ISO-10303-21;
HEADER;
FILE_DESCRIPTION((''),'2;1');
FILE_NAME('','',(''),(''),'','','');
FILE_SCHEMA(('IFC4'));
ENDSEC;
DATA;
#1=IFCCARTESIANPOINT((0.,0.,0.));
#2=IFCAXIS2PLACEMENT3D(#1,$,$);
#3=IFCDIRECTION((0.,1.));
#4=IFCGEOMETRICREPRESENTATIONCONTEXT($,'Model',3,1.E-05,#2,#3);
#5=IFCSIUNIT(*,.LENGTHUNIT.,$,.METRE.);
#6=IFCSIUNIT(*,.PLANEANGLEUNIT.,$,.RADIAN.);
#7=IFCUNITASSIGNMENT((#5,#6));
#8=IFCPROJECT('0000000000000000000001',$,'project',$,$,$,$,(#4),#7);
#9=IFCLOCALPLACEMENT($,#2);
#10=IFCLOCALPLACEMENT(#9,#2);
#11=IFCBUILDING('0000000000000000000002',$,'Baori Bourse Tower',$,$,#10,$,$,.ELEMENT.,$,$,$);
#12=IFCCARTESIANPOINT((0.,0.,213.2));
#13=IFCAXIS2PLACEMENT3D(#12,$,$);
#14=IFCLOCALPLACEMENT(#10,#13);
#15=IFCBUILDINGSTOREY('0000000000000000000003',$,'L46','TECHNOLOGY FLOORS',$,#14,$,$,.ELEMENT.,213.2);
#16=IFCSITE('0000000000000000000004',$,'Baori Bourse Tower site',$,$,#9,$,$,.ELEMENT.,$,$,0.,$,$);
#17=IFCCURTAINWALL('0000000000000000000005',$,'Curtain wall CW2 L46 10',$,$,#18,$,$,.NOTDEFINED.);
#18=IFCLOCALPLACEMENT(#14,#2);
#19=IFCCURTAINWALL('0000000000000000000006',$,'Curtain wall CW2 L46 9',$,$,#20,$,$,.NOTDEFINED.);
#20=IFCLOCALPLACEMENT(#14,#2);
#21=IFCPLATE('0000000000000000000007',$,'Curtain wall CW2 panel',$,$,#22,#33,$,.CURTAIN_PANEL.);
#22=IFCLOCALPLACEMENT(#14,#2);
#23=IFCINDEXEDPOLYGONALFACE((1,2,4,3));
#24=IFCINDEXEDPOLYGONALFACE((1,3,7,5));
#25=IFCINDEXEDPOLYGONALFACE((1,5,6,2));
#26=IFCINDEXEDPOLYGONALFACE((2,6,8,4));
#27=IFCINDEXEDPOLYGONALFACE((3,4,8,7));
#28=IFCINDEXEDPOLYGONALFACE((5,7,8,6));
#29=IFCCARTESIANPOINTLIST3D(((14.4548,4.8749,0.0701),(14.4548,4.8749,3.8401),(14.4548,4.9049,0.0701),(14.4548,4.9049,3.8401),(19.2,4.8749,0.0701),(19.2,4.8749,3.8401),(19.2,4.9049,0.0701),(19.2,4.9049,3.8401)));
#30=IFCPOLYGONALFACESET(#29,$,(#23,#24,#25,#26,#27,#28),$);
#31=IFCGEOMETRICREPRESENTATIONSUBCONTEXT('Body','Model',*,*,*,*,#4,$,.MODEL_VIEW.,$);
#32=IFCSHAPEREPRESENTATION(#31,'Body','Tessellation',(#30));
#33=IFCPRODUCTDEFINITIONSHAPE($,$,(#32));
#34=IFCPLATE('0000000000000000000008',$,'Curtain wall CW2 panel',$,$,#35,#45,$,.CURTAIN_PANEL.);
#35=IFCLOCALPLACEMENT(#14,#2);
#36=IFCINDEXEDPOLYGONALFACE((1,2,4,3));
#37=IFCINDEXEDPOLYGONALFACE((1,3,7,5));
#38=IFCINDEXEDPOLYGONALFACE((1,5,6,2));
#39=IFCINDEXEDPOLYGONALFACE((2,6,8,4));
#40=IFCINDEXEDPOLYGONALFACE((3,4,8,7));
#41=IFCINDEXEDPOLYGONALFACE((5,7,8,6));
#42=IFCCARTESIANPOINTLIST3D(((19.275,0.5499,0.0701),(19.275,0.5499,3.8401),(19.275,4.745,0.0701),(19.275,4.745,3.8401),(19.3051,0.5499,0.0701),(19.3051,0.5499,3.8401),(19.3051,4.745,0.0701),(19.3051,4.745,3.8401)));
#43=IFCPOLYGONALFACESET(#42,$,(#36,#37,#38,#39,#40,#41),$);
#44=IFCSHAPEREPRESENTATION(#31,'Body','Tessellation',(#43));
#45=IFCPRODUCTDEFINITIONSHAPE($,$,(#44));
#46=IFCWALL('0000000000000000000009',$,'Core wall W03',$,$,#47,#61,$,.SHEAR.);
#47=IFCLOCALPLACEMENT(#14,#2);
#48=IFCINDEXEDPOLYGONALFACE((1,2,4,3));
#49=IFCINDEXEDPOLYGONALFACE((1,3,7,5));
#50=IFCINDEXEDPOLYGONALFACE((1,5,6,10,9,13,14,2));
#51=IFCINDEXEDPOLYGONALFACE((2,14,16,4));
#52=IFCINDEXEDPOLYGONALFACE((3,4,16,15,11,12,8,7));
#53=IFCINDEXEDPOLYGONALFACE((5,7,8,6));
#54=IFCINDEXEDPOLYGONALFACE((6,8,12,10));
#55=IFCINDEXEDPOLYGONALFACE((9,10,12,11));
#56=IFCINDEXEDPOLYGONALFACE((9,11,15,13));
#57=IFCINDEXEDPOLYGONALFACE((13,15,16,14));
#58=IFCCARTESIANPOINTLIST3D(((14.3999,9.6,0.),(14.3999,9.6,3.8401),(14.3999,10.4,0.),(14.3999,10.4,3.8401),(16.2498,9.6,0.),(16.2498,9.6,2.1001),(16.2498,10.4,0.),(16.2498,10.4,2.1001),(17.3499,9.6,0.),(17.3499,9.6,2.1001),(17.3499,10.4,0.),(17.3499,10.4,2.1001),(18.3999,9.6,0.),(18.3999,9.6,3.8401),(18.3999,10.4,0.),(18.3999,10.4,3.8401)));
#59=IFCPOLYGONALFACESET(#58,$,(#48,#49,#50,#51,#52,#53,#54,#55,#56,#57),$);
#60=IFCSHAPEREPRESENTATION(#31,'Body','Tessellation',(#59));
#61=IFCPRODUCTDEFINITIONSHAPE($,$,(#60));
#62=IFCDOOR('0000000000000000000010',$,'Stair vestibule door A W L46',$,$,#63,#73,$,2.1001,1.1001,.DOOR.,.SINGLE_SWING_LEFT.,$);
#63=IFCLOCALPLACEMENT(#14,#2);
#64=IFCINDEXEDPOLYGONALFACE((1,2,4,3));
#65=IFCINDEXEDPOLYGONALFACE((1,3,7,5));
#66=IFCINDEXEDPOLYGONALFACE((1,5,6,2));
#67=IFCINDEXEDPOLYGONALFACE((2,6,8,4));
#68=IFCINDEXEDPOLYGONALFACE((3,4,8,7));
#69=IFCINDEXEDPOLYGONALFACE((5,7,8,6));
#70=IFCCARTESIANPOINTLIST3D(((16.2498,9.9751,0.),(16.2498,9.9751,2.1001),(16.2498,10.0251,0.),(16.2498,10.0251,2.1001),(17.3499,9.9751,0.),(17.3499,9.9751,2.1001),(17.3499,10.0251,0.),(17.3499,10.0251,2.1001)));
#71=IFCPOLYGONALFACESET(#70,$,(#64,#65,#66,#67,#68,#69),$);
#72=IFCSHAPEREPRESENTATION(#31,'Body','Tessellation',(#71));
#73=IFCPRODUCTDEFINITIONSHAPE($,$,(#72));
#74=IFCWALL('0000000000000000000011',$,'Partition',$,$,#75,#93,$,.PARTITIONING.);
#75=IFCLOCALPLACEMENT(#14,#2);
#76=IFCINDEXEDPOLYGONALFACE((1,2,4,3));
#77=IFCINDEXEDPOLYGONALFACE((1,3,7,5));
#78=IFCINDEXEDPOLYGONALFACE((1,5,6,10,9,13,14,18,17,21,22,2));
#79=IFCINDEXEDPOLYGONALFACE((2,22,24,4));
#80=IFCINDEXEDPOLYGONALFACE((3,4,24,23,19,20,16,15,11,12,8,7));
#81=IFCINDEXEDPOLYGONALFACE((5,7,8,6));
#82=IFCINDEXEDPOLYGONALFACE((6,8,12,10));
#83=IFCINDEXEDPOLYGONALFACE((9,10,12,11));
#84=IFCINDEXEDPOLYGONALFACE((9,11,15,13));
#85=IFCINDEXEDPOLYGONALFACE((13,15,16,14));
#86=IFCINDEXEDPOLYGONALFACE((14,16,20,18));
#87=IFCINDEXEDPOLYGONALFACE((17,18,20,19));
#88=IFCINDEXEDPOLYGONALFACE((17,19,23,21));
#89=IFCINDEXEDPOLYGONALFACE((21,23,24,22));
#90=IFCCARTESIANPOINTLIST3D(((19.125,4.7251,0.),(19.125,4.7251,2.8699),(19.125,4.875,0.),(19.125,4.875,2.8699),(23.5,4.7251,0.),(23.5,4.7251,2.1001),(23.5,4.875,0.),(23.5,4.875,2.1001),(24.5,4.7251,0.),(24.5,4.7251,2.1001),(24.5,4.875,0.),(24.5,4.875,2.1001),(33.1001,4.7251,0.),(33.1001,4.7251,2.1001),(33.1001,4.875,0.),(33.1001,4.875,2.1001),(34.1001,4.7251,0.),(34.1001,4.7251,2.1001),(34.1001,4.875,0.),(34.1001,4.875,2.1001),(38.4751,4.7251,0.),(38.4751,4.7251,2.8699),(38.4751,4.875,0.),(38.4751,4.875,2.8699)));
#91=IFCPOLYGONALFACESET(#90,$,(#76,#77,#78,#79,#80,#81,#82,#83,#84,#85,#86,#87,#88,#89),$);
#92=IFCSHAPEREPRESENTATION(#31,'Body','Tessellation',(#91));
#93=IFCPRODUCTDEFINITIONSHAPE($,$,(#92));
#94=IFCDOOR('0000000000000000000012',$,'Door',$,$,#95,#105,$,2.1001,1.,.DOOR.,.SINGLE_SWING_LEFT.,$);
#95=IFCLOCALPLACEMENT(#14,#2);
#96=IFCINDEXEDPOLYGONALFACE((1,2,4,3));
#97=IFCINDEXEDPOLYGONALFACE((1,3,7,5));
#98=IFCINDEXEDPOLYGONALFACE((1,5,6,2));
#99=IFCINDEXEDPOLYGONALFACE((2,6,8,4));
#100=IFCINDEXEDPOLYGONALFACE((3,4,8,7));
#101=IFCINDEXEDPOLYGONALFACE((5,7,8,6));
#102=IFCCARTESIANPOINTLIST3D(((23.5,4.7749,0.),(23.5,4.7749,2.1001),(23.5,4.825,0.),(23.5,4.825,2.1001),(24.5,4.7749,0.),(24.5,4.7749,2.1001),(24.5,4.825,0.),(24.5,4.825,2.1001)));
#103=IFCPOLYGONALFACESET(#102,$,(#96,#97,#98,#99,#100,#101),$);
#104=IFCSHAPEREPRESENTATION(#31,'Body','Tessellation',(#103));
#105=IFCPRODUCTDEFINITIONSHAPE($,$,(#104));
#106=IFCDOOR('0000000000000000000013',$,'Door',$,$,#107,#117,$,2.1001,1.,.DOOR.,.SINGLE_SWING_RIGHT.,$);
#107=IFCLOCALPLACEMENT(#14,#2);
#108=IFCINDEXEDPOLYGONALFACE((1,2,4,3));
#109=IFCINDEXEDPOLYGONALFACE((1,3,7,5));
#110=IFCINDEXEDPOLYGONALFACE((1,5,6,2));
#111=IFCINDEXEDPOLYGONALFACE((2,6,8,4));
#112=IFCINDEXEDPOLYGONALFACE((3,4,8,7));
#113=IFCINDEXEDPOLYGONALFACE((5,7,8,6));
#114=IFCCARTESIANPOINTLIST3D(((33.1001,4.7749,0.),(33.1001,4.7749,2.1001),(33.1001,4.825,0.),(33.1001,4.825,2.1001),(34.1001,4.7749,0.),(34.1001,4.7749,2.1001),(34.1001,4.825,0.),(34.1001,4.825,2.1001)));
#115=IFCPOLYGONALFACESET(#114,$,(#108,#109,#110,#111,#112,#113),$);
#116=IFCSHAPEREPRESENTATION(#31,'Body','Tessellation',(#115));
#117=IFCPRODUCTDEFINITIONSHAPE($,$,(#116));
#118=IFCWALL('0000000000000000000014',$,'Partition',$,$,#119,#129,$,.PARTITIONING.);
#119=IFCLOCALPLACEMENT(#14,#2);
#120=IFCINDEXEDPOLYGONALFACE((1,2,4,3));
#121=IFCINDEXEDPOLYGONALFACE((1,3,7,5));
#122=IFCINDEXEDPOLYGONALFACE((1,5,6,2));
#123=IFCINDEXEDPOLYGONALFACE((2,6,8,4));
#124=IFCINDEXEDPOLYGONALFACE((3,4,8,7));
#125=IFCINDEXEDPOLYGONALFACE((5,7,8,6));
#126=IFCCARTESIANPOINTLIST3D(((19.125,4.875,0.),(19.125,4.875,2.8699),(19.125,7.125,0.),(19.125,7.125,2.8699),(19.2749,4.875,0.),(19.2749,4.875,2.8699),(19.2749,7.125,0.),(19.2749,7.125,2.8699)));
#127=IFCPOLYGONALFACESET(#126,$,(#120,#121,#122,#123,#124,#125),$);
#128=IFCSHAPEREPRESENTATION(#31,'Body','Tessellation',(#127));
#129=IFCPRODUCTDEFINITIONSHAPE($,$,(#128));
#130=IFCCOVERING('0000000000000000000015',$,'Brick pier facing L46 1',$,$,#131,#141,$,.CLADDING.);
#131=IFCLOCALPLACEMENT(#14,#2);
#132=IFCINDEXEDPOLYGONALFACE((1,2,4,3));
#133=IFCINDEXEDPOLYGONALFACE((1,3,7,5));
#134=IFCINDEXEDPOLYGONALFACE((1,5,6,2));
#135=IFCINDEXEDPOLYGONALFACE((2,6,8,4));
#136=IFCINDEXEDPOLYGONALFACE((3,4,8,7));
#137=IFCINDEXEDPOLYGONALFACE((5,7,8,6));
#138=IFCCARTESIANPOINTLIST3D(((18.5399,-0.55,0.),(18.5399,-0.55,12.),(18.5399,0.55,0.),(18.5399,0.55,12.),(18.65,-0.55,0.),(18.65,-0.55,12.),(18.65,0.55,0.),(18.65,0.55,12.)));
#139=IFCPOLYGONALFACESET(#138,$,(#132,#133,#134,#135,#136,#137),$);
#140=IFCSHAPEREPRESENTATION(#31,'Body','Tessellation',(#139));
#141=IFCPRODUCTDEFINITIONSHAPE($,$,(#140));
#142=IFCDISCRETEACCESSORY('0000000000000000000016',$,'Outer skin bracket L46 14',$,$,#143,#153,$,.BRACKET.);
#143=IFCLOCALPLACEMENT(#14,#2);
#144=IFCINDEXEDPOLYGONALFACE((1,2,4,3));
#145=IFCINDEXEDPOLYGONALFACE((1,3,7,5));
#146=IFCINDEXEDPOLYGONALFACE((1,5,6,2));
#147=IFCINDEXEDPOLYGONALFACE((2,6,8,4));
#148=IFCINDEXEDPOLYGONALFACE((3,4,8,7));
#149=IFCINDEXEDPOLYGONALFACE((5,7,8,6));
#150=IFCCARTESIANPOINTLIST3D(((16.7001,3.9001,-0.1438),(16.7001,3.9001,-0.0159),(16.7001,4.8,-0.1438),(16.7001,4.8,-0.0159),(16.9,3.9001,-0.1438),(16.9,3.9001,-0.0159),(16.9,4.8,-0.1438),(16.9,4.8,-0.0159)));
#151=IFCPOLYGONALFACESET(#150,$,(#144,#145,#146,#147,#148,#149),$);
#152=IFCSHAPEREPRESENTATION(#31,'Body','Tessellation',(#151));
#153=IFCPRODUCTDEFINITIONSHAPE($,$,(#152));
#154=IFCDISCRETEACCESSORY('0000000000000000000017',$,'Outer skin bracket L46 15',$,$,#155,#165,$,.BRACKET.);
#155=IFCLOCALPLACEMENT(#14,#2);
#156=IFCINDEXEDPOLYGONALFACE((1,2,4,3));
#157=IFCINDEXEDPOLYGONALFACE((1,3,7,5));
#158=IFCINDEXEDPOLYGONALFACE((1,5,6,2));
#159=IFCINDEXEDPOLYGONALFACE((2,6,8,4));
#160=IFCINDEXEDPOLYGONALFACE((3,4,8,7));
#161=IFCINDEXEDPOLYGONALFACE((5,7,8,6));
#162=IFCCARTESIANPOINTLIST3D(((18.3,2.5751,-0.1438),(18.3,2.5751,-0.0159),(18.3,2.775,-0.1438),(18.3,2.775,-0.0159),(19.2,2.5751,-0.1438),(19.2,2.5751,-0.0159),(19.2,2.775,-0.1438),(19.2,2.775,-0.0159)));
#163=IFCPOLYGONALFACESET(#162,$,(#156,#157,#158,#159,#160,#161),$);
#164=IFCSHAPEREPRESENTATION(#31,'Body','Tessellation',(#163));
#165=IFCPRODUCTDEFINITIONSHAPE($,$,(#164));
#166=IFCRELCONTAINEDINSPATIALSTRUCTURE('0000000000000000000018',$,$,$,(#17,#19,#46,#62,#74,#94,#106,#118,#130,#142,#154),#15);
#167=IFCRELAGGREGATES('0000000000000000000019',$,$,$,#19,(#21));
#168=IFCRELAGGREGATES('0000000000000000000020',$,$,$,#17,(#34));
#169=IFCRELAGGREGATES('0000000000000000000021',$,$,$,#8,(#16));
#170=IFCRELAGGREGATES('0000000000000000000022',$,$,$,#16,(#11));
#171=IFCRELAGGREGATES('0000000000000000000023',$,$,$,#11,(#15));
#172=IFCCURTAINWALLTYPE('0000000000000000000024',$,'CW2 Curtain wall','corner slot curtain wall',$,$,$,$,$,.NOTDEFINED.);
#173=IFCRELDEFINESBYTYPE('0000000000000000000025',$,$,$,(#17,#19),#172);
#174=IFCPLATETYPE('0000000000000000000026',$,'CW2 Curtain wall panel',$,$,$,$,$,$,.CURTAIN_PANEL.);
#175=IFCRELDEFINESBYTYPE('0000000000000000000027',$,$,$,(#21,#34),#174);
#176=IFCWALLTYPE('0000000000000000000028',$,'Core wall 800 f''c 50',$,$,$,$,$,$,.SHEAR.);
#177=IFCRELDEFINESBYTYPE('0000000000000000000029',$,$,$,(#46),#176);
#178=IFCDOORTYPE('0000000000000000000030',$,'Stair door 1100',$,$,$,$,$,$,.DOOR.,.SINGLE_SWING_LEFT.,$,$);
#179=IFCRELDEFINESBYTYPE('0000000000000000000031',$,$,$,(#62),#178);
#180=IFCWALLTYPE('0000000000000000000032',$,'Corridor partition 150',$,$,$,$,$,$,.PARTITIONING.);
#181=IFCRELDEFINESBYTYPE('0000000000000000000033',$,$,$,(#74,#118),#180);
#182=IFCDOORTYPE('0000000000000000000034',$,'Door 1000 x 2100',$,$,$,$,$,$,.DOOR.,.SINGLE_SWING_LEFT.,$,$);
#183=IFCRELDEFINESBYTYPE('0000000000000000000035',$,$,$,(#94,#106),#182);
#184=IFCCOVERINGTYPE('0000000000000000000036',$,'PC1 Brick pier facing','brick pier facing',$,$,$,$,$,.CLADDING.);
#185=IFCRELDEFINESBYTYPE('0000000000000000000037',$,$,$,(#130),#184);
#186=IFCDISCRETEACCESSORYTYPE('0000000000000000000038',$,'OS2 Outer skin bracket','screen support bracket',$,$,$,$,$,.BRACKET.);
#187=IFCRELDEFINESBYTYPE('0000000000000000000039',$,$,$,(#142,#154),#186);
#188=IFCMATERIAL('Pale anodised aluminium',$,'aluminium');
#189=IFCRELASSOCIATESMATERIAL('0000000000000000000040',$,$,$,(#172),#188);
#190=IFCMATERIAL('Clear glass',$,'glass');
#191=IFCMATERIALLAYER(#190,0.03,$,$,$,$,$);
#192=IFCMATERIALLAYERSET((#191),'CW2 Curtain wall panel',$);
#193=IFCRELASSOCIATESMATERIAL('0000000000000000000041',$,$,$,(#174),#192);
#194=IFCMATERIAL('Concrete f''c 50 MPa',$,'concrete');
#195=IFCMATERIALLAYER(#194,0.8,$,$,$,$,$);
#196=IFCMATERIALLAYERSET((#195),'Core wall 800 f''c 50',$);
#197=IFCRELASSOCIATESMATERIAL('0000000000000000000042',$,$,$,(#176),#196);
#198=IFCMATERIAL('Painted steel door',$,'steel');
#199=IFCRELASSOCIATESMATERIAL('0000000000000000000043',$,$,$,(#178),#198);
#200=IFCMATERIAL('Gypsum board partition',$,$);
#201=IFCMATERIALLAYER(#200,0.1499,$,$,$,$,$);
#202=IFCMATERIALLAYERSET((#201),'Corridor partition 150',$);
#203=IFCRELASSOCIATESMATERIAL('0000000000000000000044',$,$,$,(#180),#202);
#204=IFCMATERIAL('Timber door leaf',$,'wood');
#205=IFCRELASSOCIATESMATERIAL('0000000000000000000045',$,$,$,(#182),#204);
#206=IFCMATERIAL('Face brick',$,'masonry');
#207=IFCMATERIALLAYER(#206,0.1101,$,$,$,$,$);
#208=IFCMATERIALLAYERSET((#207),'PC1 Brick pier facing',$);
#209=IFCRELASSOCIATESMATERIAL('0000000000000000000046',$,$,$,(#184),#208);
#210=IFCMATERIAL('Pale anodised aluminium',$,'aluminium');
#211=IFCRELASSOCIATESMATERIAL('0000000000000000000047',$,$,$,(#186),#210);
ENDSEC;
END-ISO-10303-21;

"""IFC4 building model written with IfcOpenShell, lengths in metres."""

from ifc_helpers import new_model, si_unit, direction, frame, frame_2d, origin, origin_2d, place, context, subcontext, project, spatial, rectangle, extrude, material, layer, layer_set, type_object, element, fill, aggregate, save


model = new_model("IFC4")

# Units and contexts
model_context = context("Model", 3, precision=1e-05, world=origin(), true_north=direction((0.0, 1.0)))
body_context = subcontext(model_context, "Body", "Model", "MODEL_VIEW")
ifc_project = project(units=[si_unit("LENGTHUNIT", "METRE"), si_unit("PLANEANGLEUNIT", "RADIAN")], contexts=[model_context])

# Site, building, storey
site_placement = place(None, origin())
site = spatial("IfcSite", under=ifc_project, at=site_placement, Name="Baori Bourse Tower site", CompositionType="ELEMENT", RefElevation=0.0)
building_placement = place(site_placement, origin())
building = spatial("IfcBuilding", under=site, at=building_placement, Name="Baori Bourse Tower", CompositionType="ELEMENT")
storey_placement = place(building_placement, frame((0.0, 0.0, 213.2)))
storey = spatial("IfcBuildingStorey", under=building, at=storey_placement, Name="L46", Description="TECHNOLOGY FLOORS", CompositionType="ELEMENT", Elevation=213.2)

# Curtain wall
ifc_material_1 = material(Name="Pale anodised aluminium", Category="aluminium")
curtain_wall_type_1 = type_object("IfcCurtainWallType", Name="CW2 Curtain wall", Description="corner slot curtain wall", PredefinedType="NOTDEFINED", material=ifc_material_1)
curtain_wall_1_placement = place(storey_placement, origin())
curtain_wall_1 = element("IfcCurtainWall", 1, at=curtain_wall_1_placement, inside=storey, type_object=curtain_wall_type_1, Name="Curtain wall CW2 L46 10", PredefinedType="NOTDEFINED")

# Curtain wall, plate
curtain_wall_2_placement = place(storey_placement, origin())
curtain_wall_2 = element("IfcCurtainWall", 2, at=curtain_wall_2_placement, inside=storey, type_object=curtain_wall_type_1, Name="Curtain wall CW2 L46 9", PredefinedType="NOTDEFINED")
ifc_material_2 = material(Name="Clear glass", Category="glass")
ifc_layer_1 = layer(ifc_material_2, 0.03)
ifc_layer_set_1 = layer_set([ifc_layer_1], Name="CW2 Curtain wall panel")
plate_type = type_object("IfcPlateType", Name="CW2 Curtain wall panel", PredefinedType="CURTAIN_PANEL", material=ifc_layer_set_1)
plate_1_placement = place(storey_placement, frame((16.8274, 4.8899, 0.0701), z_axis=(0.0, 0.0, 1.0), x_axis=(1.0, 0.0, 0.0)))
plate_1 = element("IfcPlate", 3, at=plate_1_placement, type_object=plate_type, Name="Curtain wall CW2 panel", PredefinedType="CURTAIN_PANEL", context=body_context, shape_type="SweptSolid", body=[
    extrude(rectangle(XDim=4.7451, YDim=0.03, at=origin_2d()), origin(), (0.0, 0.0, 1.0), 3.77),
])
aggregate(curtain_wall_2, [plate_1])

# Plate
plate_2_placement = place(storey_placement, frame((19.29, 2.6475, 0.0701), z_axis=(0.0, 0.0, 1.0), x_axis=(0.0, -1.0, 0.0)))
plate_2 = element("IfcPlate", 4, at=plate_2_placement, type_object=plate_type, Name="Curtain wall CW2 panel", PredefinedType="CURTAIN_PANEL", context=body_context, shape_type="SweptSolid", body=[
    extrude(rectangle(XDim=4.1951, YDim=0.03, at=origin_2d()), origin(), (0.0, 0.0, 1.0), 3.77),
])
aggregate(curtain_wall_1, [plate_2])

# Wall, opening, door
ifc_material_3 = material(Name="Concrete f'c 50 MPa", Category="concrete")
ifc_layer_2 = layer(ifc_material_3, 0.8)
ifc_layer_set_2 = layer_set([ifc_layer_2], Name="Core wall 800 f'c 50")
wall_type_1 = type_object("IfcWallType", Name="Core wall 800 f'c 50", PredefinedType="SHEAR", material=ifc_layer_set_2)
wall_1_placement = place(storey_placement, frame((18.3999, 10.0, 0.0), z_axis=(0.0, 0.0, 1.0), x_axis=(-1.0, 0.0, 0.0)))
wall_1 = element("IfcWall", 5, at=wall_1_placement, inside=storey, type_object=wall_type_1, Name="Core wall W03", PredefinedType="SHEAR", context=body_context, shape_type="SweptSolid", body=[
    extrude(rectangle(XDim=4.0, YDim=0.8, at=frame_2d((2.0, 0.0))), origin(), (0.0, 0.0, 1.0), 3.8401),
])
opening_1_placement = place(wall_1_placement, frame((1.05, 0.0, 0.0)))
opening_1 = element("IfcOpeningElement", 6, at=opening_1_placement, cuts=wall_1, PredefinedType="OPENING", context=body_context, shape_type="SweptSolid", body=[
    extrude(rectangle(XDim=1.1001, YDim=2.1001, at=frame_2d((0.55, 1.05))), frame((0.0, 0.4099, 0.0), z_axis=(0.0, -1.0, 0.0), x_axis=(1.0, 0.0, 0.0)), (0.0, 0.0, 1.0), 0.8201),
])
ifc_material_4 = material(Name="Painted steel door", Category="steel")
door_type_1 = type_object("IfcDoorType", Name="Stair door 1100", OperationType="SINGLE_SWING_LEFT", PredefinedType="DOOR", material=ifc_material_4)
door_1_placement = place(opening_1_placement, origin())
door_1 = element("IfcDoor", 7, at=door_1_placement, inside=storey, type_object=door_type_1, Name="Stair vestibule door A W L46", OperationType="SINGLE_SWING_LEFT", OverallHeight=2.1001, OverallWidth=1.1001, PredefinedType="DOOR", context=body_context, shape_type="SweptSolid", body=[
    extrude(rectangle(XDim=1.1001, YDim=2.1001, at=frame_2d((0.55, 1.05))), frame((0.0, 0.0249, 0.0), z_axis=(0.0, -1.0, 0.0), x_axis=(1.0, 0.0, 0.0)), (0.0, 0.0, 1.0), 0.05),
])
fill(opening_1, door_1)

# Wall, openings, doors
ifc_material_5 = material(Name="Gypsum board partition")
ifc_layer_3 = layer(ifc_material_5, 0.1499)
ifc_layer_set_3 = layer_set([ifc_layer_3], Name="Corridor partition 150")
wall_type_2 = type_object("IfcWallType", Name="Corridor partition 150", PredefinedType="PARTITIONING", material=ifc_layer_set_3)
wall_2_placement = place(storey_placement, frame((19.125, 4.8, 0.0), z_axis=(0.0, 0.0, 1.0), x_axis=(1.0, 0.0, 0.0)))
wall_2 = element("IfcWall", 8, at=wall_2_placement, inside=storey, type_object=wall_type_2, Name="Partition", PredefinedType="PARTITIONING", context=body_context, shape_type="SweptSolid", body=[
    extrude(rectangle(XDim=19.3501, YDim=0.1499, at=frame_2d((9.675, 0.0))), origin(), (0.0, 0.0, 1.0), 2.8699),
])
opening_2_placement = place(wall_2_placement, frame((4.375, 0.0, 0.0)))
opening_2 = element("IfcOpeningElement", 9, at=opening_2_placement, cuts=wall_2, PredefinedType="OPENING", context=body_context, shape_type="SweptSolid", body=[
    extrude(rectangle(XDim=1.0, YDim=2.1001, at=frame_2d((0.5, 1.05))), frame((0.0, 0.085, 0.0), z_axis=(0.0, -1.0, 0.0), x_axis=(1.0, 0.0, 0.0)), (0.0, 0.0, 1.0), 0.1699),
])
opening_3_placement = place(wall_2_placement, frame((13.9751, 0.0, 0.0)))
opening_3 = element("IfcOpeningElement", 10, at=opening_3_placement, cuts=wall_2, PredefinedType="OPENING", context=body_context, shape_type="SweptSolid", body=[
    extrude(rectangle(XDim=1.0, YDim=2.1001, at=frame_2d((0.5, 1.05))), frame((0.0, 0.085, 0.0), z_axis=(0.0, -1.0, 0.0), x_axis=(1.0, 0.0, 0.0)), (0.0, 0.0, 1.0), 0.1699),
])
ifc_material_6 = material(Name="Timber door leaf", Category="wood")
door_type_2 = type_object("IfcDoorType", Name="Door 1000 x 2100", OperationType="SINGLE_SWING_LEFT", PredefinedType="DOOR", material=ifc_material_6)
door_2_placement = place(opening_2_placement, origin())
door_2 = element("IfcDoor", 11, at=door_2_placement, inside=storey, type_object=door_type_2, Name="Door", OperationType="SINGLE_SWING_LEFT", OverallHeight=2.1001, OverallWidth=1.0, PredefinedType="DOOR", context=body_context, shape_type="SweptSolid", body=[
    extrude(rectangle(XDim=1.0, YDim=2.1001, at=frame_2d((0.5, 1.05))), frame((0.0, 0.0249, 0.0), z_axis=(0.0, -1.0, 0.0), x_axis=(1.0, 0.0, 0.0)), (0.0, 0.0, 1.0), 0.05),
])
fill(opening_2, door_2)
door_3_placement = place(opening_3_placement, origin())
door_3 = element("IfcDoor", 12, at=door_3_placement, inside=storey, type_object=door_type_2, Name="Door", OperationType="SINGLE_SWING_RIGHT", OverallHeight=2.1001, OverallWidth=1.0, PredefinedType="DOOR", context=body_context, shape_type="SweptSolid", body=[
    extrude(rectangle(XDim=1.0, YDim=2.1001, at=frame_2d((0.5, 1.05))), frame((0.0, 0.0249, 0.0), z_axis=(0.0, -1.0, 0.0), x_axis=(1.0, 0.0, 0.0)), (0.0, 0.0, 1.0), 0.05),
])
fill(opening_3, door_3)

# Wall
wall_3_placement = place(storey_placement, frame((19.2, 4.875, 0.0), z_axis=(0.0, 0.0, 1.0), x_axis=(0.0, 1.0, 0.0)))
element("IfcWall", 13, at=wall_3_placement, inside=storey, type_object=wall_type_2, Name="Partition", PredefinedType="PARTITIONING", context=body_context, shape_type="SweptSolid", body=[
    extrude(rectangle(XDim=2.25, YDim=0.1499, at=frame_2d((1.125, 0.0))), origin(), (0.0, 0.0, 1.0), 2.8699),
])

# Covering
ifc_material_7 = material(Name="Face brick", Category="masonry")
ifc_layer_4 = layer(ifc_material_7, 0.1101)
ifc_layer_set_4 = layer_set([ifc_layer_4], Name="PC1 Brick pier facing")
covering_type = type_object("IfcCoveringType", Name="PC1 Brick pier facing", Description="brick pier facing", PredefinedType="CLADDING", material=ifc_layer_set_4)
covering_placement = place(storey_placement, frame((18.595, 0.0, 0.0), z_axis=(0.0, 0.0, 1.0), x_axis=(1.0, 0.0, 0.0)))
element("IfcCovering", 14, at=covering_placement, inside=storey, type_object=covering_type, Name="Brick pier facing L46 1", PredefinedType="CLADDING", context=body_context, shape_type="SweptSolid", body=[
    extrude(rectangle(XDim=0.1101, YDim=1.1001, at=origin_2d()), origin(), (0.0, 0.0, 1.0), 12.0),
])

# Discrete accessories
ifc_material_8 = material(Name="Pale anodised aluminium", Category="aluminium")
discrete_accessory_type = type_object("IfcDiscreteAccessoryType", Name="OS2 Outer skin bracket", Description="screen support bracket", PredefinedType="BRACKET", material=ifc_material_8)
for number, where, z_axis, x_axis, name in (
    (15, (16.8, 4.3501, -0.1438), (0.0, 0.0, 1.0), (1.0, 0.0, 0.0), "Outer skin bracket L46 14"),
    (16, (18.75, 2.675, -0.1438), (0.0, 0.0, 1.0), (0.0, -1.0, 0.0), "Outer skin bracket L46 15"),
):
    element("IfcDiscreteAccessory", number, at=place(storey_placement, frame(where, z_axis=z_axis, x_axis=x_axis)), inside=storey, type_object=discrete_accessory_type, Name=name, PredefinedType="BRACKET", context=body_context, shape_type="SweptSolid", body=[
        extrude(rectangle(XDim=0.2, YDim=0.8999, at=origin_2d()), origin(), (0.0, 0.0, 1.0), 0.1279),
    ])

save(model, "model.ifc")
